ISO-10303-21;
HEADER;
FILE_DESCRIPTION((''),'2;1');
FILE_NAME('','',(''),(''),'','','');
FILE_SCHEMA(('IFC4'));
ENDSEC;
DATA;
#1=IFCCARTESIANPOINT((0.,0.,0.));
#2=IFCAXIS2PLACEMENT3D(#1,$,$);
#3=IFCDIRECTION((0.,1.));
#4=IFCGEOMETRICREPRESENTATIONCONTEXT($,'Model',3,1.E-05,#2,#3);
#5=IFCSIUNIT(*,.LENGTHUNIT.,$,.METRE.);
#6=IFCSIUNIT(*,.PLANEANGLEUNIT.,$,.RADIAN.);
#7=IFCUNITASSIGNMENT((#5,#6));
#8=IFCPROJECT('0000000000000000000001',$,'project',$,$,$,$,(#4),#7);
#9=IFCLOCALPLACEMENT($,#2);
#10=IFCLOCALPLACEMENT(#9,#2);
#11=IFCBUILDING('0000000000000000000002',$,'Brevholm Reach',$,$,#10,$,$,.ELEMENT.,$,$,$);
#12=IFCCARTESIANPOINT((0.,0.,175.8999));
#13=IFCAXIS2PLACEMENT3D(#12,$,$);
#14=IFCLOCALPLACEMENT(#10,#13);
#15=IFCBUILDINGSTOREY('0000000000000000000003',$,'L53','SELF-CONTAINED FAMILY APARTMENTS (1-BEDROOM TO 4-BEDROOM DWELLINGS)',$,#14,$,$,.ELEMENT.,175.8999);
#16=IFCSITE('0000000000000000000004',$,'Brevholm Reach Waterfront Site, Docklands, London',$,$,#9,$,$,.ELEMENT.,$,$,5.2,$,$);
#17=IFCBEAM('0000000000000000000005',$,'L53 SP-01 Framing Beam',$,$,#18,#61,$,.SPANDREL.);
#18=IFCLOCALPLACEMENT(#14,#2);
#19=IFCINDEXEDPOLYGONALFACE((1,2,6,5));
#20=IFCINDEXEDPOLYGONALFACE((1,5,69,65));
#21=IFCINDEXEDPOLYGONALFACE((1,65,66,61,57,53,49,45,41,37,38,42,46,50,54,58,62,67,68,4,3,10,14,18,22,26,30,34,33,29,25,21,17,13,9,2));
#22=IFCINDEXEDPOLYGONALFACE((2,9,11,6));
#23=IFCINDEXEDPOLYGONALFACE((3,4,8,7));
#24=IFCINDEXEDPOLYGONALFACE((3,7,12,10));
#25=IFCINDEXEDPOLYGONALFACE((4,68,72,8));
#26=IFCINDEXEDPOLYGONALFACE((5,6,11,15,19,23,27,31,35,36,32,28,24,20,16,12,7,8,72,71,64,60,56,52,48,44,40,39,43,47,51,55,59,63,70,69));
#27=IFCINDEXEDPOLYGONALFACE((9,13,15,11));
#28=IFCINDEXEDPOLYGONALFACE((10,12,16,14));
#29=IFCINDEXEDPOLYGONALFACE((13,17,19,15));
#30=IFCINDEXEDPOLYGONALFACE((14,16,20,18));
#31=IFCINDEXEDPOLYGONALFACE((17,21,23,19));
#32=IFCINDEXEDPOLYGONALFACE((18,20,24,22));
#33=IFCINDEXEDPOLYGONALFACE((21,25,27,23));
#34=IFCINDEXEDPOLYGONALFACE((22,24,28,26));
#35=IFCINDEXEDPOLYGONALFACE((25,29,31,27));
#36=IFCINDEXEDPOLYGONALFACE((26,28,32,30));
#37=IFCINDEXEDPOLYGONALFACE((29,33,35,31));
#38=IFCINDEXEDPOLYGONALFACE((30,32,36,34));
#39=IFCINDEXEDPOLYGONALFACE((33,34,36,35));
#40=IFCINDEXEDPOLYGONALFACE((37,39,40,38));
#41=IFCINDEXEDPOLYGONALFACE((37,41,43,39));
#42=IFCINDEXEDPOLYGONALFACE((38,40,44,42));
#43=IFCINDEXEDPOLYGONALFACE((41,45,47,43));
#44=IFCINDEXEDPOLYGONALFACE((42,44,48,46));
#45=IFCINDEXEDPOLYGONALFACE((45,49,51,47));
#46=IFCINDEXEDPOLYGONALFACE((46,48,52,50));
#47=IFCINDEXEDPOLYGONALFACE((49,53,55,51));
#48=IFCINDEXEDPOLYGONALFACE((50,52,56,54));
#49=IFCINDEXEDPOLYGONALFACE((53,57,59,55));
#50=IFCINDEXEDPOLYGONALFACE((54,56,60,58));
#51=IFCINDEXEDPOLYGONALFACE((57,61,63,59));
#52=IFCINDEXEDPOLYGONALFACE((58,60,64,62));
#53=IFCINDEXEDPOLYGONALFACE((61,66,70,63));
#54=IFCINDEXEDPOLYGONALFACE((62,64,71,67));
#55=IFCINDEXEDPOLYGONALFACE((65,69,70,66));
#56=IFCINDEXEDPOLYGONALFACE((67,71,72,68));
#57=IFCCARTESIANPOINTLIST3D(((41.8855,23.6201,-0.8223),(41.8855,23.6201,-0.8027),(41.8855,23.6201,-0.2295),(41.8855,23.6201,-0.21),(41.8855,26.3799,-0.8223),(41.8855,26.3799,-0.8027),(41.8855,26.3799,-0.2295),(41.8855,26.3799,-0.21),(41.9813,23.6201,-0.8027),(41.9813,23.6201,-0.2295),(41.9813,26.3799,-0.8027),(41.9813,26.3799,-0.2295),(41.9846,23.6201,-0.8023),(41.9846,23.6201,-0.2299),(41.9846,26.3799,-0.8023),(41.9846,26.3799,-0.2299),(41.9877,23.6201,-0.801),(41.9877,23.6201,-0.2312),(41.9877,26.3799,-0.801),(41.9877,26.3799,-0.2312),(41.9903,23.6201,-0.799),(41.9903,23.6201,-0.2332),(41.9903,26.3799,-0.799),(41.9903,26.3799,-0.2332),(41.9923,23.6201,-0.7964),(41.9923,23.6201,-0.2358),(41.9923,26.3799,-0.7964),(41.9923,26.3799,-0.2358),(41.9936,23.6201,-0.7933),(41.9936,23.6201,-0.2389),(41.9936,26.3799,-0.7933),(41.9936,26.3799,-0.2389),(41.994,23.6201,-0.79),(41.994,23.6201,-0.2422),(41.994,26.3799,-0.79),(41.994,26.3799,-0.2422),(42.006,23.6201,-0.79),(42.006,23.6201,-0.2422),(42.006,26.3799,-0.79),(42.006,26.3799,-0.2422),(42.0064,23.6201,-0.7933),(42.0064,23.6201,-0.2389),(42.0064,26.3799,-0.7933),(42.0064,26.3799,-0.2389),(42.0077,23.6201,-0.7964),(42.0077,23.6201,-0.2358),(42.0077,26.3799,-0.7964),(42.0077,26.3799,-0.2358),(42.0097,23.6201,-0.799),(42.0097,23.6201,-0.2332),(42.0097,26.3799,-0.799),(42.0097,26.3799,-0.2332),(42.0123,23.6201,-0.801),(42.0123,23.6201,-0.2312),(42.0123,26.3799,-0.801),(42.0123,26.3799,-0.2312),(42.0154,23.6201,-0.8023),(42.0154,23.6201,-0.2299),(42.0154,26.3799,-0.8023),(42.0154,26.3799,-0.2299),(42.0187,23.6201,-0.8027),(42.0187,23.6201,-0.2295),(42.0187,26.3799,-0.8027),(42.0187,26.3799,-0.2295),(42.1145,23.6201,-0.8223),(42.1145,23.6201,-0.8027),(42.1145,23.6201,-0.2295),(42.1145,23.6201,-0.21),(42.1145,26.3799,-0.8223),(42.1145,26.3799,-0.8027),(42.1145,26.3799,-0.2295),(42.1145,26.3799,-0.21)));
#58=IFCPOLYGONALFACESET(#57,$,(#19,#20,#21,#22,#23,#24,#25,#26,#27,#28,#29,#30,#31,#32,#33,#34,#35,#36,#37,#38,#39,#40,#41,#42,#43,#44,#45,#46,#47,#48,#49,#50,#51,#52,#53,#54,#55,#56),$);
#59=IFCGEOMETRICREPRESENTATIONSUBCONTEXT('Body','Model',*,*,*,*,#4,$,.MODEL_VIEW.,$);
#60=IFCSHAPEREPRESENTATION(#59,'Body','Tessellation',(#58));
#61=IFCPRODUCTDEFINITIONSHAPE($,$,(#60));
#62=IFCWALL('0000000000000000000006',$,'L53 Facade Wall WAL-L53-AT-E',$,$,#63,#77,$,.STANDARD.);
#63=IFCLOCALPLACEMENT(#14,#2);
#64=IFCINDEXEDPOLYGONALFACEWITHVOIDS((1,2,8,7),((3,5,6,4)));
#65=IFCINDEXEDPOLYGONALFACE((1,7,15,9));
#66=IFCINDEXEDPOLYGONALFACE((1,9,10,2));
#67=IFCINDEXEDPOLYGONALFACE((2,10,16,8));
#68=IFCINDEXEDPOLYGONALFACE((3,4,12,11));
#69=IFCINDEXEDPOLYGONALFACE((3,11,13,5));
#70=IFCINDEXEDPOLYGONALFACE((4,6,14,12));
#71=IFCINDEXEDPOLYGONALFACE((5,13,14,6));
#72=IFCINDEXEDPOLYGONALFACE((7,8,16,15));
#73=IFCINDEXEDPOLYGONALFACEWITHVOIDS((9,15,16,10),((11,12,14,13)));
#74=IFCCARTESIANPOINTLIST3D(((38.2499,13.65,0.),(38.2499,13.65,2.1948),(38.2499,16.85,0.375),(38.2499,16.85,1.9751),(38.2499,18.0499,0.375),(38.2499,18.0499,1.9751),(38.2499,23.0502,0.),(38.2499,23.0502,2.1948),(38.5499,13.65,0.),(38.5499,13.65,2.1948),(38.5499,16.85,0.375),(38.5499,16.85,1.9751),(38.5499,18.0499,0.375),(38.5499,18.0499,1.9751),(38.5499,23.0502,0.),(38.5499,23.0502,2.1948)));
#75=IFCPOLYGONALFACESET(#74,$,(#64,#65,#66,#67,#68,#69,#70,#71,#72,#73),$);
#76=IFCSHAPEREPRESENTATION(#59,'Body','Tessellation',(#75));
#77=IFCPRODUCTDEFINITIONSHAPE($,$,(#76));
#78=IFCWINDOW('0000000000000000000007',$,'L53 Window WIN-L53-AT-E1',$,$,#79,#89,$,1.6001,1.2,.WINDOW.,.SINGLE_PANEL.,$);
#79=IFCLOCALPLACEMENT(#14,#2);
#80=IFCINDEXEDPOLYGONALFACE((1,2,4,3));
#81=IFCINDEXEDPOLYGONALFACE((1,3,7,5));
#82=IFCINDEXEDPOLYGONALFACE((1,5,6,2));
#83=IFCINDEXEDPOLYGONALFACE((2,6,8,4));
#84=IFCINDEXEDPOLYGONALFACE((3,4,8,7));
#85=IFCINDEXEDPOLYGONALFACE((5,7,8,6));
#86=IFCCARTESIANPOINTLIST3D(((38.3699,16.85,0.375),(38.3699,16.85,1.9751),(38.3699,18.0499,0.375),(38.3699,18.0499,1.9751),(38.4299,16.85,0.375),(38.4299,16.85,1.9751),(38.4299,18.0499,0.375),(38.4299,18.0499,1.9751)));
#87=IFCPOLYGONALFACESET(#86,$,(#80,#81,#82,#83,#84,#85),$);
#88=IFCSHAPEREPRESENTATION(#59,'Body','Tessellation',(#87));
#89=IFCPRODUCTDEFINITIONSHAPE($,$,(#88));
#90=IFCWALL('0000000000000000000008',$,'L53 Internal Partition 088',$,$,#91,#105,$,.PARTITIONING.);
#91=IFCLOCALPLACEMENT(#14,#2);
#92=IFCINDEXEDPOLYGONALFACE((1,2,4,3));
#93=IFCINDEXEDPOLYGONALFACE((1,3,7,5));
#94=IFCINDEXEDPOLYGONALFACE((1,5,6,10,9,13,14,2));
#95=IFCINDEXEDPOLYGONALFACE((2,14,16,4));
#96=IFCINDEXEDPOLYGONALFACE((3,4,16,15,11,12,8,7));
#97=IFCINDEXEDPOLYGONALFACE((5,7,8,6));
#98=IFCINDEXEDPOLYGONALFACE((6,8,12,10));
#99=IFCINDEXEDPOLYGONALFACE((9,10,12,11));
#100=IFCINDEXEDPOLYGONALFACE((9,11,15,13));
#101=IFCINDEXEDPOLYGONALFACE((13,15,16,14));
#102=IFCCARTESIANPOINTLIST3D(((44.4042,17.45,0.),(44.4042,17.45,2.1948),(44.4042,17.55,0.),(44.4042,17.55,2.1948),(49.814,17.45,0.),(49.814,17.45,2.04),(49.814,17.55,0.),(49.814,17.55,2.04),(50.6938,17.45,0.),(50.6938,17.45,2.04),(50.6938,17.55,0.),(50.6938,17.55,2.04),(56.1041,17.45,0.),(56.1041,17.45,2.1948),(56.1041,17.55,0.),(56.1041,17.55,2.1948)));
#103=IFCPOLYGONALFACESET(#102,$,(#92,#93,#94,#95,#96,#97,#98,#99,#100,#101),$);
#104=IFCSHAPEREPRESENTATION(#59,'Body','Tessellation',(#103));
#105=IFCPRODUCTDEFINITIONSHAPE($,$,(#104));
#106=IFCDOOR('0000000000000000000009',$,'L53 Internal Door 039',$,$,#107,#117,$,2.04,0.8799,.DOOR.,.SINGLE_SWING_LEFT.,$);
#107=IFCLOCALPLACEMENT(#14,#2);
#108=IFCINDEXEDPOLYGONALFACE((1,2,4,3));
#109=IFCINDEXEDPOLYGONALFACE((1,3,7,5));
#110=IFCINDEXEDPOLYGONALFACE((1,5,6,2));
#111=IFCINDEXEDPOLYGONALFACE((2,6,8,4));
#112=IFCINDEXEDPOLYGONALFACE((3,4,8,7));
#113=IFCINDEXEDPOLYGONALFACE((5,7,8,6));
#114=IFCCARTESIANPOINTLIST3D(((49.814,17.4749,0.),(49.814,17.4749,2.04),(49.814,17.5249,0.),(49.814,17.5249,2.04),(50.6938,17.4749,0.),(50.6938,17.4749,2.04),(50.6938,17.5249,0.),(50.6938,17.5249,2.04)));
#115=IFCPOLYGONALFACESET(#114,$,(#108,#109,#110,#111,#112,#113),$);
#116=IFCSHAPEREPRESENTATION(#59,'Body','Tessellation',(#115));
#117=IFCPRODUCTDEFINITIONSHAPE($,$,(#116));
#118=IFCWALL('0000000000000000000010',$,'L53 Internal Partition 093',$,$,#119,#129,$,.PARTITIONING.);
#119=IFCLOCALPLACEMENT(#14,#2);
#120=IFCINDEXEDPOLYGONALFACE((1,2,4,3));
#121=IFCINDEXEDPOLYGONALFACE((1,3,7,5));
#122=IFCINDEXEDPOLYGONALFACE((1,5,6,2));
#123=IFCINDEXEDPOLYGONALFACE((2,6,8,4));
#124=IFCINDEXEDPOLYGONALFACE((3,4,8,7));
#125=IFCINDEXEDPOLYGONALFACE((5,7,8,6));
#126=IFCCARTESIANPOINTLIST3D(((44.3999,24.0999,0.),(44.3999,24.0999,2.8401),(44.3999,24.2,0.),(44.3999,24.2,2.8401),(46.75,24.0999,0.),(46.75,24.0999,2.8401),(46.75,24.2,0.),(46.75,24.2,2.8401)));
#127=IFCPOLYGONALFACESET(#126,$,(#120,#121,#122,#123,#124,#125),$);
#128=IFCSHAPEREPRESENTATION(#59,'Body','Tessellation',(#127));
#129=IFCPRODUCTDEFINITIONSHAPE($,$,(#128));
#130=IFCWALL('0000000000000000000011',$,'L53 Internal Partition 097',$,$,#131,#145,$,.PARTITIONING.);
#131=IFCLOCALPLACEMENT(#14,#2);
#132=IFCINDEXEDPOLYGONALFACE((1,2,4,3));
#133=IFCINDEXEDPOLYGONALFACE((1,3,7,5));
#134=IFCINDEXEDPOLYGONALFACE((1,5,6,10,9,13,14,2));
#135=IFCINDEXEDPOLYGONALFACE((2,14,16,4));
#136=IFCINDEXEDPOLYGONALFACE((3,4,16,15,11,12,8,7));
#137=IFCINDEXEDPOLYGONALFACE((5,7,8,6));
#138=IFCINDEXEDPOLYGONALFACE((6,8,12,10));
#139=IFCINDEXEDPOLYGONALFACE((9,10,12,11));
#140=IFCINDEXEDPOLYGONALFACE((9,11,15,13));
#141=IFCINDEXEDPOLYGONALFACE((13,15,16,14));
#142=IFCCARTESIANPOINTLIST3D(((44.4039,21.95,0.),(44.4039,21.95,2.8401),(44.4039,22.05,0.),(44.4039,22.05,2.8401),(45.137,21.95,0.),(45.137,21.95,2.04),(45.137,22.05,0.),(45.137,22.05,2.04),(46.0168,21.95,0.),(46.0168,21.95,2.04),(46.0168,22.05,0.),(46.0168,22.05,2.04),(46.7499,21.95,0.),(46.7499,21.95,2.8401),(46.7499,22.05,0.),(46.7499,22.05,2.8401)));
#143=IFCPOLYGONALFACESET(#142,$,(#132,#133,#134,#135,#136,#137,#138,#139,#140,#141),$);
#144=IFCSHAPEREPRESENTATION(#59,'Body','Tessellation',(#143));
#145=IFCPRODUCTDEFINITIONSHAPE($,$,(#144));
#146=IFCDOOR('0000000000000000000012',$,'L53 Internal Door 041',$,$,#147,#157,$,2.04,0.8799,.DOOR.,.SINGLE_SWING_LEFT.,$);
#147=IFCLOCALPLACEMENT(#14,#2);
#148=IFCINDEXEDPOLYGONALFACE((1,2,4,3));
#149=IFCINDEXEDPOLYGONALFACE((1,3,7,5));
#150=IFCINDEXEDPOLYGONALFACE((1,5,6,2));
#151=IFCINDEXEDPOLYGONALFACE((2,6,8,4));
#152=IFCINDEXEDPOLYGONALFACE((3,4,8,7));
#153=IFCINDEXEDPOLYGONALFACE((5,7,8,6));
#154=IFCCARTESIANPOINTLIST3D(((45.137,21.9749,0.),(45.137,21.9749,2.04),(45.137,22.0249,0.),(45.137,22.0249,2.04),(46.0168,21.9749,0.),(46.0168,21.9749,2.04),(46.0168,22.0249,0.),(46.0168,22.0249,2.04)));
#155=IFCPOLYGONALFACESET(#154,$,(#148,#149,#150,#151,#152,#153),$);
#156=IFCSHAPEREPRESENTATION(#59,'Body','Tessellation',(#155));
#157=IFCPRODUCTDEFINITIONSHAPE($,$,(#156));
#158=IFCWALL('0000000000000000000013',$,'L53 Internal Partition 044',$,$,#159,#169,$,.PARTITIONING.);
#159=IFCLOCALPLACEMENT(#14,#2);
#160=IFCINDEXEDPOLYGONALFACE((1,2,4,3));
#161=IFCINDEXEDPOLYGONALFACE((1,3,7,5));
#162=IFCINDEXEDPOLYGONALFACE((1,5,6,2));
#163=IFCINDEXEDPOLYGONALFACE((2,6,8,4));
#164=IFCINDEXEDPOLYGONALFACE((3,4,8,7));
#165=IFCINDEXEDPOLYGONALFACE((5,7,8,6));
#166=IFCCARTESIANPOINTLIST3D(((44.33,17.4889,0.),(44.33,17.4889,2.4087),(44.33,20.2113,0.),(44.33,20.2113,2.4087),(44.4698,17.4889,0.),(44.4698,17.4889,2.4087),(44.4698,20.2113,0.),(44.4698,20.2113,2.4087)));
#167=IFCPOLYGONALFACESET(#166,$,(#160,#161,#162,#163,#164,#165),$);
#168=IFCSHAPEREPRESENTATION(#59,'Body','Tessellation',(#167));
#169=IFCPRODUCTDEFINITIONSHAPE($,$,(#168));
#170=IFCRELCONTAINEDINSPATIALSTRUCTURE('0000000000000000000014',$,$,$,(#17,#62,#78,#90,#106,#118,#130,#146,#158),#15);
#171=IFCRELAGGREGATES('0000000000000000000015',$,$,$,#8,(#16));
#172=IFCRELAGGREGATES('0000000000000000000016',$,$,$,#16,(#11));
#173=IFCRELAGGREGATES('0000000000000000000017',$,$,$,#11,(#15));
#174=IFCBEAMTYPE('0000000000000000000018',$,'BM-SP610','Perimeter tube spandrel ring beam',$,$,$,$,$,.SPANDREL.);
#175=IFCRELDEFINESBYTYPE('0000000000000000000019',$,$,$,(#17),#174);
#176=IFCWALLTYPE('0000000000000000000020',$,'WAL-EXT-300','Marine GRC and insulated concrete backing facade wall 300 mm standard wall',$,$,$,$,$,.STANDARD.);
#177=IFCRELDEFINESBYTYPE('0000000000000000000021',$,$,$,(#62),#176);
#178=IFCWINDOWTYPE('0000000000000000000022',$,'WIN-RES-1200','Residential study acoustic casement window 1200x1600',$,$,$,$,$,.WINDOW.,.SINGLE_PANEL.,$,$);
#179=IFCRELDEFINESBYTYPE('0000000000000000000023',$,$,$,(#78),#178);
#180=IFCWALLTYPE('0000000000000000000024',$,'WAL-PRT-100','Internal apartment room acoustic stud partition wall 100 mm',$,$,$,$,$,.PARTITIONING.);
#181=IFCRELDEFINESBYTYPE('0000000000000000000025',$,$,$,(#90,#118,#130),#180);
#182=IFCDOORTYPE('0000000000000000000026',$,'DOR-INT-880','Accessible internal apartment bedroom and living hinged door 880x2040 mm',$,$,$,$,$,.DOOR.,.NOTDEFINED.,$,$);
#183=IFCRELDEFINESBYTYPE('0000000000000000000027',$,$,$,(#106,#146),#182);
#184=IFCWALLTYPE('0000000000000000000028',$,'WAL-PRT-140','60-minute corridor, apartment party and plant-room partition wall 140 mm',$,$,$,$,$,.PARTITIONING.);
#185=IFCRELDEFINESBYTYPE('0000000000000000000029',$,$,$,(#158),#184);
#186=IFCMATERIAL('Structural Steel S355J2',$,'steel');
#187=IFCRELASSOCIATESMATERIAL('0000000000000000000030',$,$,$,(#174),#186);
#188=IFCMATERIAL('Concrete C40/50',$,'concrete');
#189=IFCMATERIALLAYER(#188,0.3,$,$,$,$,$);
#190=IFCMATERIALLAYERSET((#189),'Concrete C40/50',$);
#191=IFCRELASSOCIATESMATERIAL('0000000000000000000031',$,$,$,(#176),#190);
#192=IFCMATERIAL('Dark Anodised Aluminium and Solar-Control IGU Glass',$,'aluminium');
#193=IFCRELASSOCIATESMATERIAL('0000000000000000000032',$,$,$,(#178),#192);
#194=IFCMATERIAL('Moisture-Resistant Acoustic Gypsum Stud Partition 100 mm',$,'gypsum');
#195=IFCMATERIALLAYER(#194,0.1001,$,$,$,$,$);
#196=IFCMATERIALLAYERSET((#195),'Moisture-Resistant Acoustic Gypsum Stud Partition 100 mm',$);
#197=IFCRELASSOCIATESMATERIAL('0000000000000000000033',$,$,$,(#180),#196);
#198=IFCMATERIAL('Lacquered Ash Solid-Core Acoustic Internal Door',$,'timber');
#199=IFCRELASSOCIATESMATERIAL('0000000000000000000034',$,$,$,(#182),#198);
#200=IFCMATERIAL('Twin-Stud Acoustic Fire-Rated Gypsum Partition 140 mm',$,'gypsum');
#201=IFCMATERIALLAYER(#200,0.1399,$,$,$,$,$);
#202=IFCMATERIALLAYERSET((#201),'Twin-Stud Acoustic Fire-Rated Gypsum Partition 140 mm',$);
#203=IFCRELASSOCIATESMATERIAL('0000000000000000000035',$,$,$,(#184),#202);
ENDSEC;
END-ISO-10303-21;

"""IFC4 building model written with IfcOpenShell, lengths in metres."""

from ifc_helpers import new_model, si_unit, direction, frame, frame_2d, origin, origin_2d, place, context, subcontext, project, spatial, rectangle, i_section, extrude, material, layer, layer_set, material_profile, profile_set, type_object, element, fill, save


model = new_model("IFC4")

# Units and contexts
model_context = context("Model", 3, precision=1e-05, world=origin(), true_north=direction((0.0, 1.0)))
body_context = subcontext(model_context, "Body", "Model", "MODEL_VIEW")
ifc_project = project(units=[si_unit("LENGTHUNIT", "METRE"), si_unit("PLANEANGLEUNIT", "RADIAN")], contexts=[model_context])

# Site, building, storey
site_placement = place(None, origin())
site = spatial("IfcSite", under=ifc_project, at=site_placement, Name="Brevholm Reach Waterfront Site, Docklands, London", CompositionType="ELEMENT", RefElevation=5.2)
building_placement = place(site_placement, origin())
building = spatial("IfcBuilding", under=site, at=building_placement, Name="Brevholm Reach", CompositionType="ELEMENT")
storey_placement = place(building_placement, frame((0.0, 0.0, 175.8999)))
storey = spatial("IfcBuildingStorey", under=building, at=storey_placement, Name="L53", Description="SELF-CONTAINED FAMILY APARTMENTS (1-BEDROOM TO 4-BEDROOM DWELLINGS)", CompositionType="ELEMENT", Elevation=175.8999)

# Beam
ifc_material_1 = material(Name="Structural Steel S355J2", Category="steel")
ifc_material_profile_1 = material_profile(ifc_material_1, i_section(OverallWidth=0.229, OverallDepth=0.6123, WebThickness=0.012, FlangeThickness=0.0195, FilletRadius=0.0127, at=origin_2d()), Name="UKB 610x229x125")
ifc_profile_set_1 = profile_set([ifc_material_profile_1], Name="Structural Steel S355J2")
beam_type_1 = type_object("IfcBeamType", Name="BM-SP610", Description="Perimeter tube spandrel ring beam", PredefinedType="SPANDREL", material=ifc_profile_set_1)
beam_1_placement = place(storey_placement, frame((42.0, 23.6201, -0.5161), z_axis=(0.0, 1.0, 0.0), x_axis=(-1.0, 0.0, 0.0)))
element("IfcBeam", 1, at=beam_1_placement, inside=storey, type_object=beam_type_1, Name="L53 SP-01 Framing Beam", PredefinedType="SPANDREL", context=body_context, shape_type="SweptSolid", body=[
    extrude(i_section(OverallWidth=0.229, OverallDepth=0.6123, WebThickness=0.012, FlangeThickness=0.0195, FilletRadius=0.0127, at=origin_2d()), origin(), (0.0, 0.0, 1.0), 2.7598),
])

# Wall, opening, window
ifc_material_2 = material(Name="Concrete C40/50", Category="concrete")
ifc_layer_1 = layer(ifc_material_2, 0.3)
ifc_layer_set_1 = layer_set([ifc_layer_1], Name="Concrete C40/50")
wall_type_1 = type_object("IfcWallType", Name="WAL-EXT-300", Description="Marine GRC and insulated concrete backing facade wall 300 mm standard wall", PredefinedType="STANDARD", material=ifc_layer_set_1)
wall_1_placement = place(storey_placement, frame((38.3999, 13.6499, 0.0), z_axis=(0.0, 0.0, 1.0), x_axis=(0.0, 1.0, 0.0)))
wall_1 = element("IfcWall", 2, at=wall_1_placement, inside=storey, type_object=wall_type_1, Name="L53 Facade Wall WAL-L53-AT-E", PredefinedType="STANDARD", context=body_context, shape_type="SweptSolid", body=[
    extrude(rectangle(XDim=9.4001, YDim=0.3, at=frame_2d((4.7002, 0.0))), origin(), (0.0, 0.0, 1.0), 2.1948),
])
opening_1_placement = place(wall_1_placement, frame((3.2, 0.0, 0.375)))
opening_1 = element("IfcOpeningElement", 3, at=opening_1_placement, cuts=wall_1, PredefinedType="OPENING", context=body_context, shape_type="SweptSolid", body=[
    extrude(rectangle(XDim=1.2, YDim=1.6001, at=frame_2d((0.6001, 0.8))), frame((0.0, 0.1599, 0.0), z_axis=(0.0, -1.0, 0.0), x_axis=(1.0, 0.0, 0.0)), (0.0, 0.0, 1.0), 0.3201),
])
ifc_material_3 = material(Name="Dark Anodised Aluminium and Solar-Control IGU Glass", Category="aluminium")
window_type = type_object("IfcWindowType", Name="WIN-RES-1200", Description="Residential study acoustic casement window 1200x1600", PartitioningType="SINGLE_PANEL", PredefinedType="WINDOW", material=ifc_material_3)
window_placement = place(opening_1_placement, origin())
window = element("IfcWindow", 4, at=window_placement, inside=storey, type_object=window_type, Name="L53 Window WIN-L53-AT-E1", OverallHeight=1.6001, OverallWidth=1.2, PartitioningType="SINGLE_PANEL", PredefinedType="WINDOW", context=body_context, shape_type="SweptSolid", body=[
    extrude(rectangle(XDim=1.2, YDim=1.6001, at=frame_2d((0.6001, 0.8))), frame((0.0, 0.03, 0.0), z_axis=(0.0, -1.0, 0.0), x_axis=(1.0, 0.0, 0.0)), (0.0, 0.0, 1.0), 0.0601),
])
fill(opening_1, window)

# Wall, opening, door
ifc_material_4 = material(Name="Moisture-Resistant Acoustic Gypsum Stud Partition 100 mm", Category="gypsum")
ifc_layer_2 = layer(ifc_material_4, 0.1001)
ifc_layer_set_2 = layer_set([ifc_layer_2], Name="Moisture-Resistant Acoustic Gypsum Stud Partition 100 mm")
wall_type_2 = type_object("IfcWallType", Name="WAL-PRT-100", Description="Internal apartment room acoustic stud partition wall 100 mm", PredefinedType="PARTITIONING", material=ifc_layer_set_2)
wall_2_placement = place(storey_placement, frame((44.4041, 17.5, 0.0), z_axis=(0.0, 0.0, 1.0), x_axis=(1.0, 0.0, 0.0)))
wall_2 = element("IfcWall", 5, at=wall_2_placement, inside=storey, type_object=wall_type_2, Name="L53 Internal Partition 088", PredefinedType="PARTITIONING", context=body_context, shape_type="SweptSolid", body=[
    extrude(rectangle(XDim=11.7, YDim=0.1001, at=frame_2d((5.8501, 0.0))), origin(), (0.0, 0.0, 1.0), 2.1948),
])
opening_2_placement = place(wall_2_placement, frame((5.4099, 0.0, 0.0)))
opening_2 = element("IfcOpeningElement", 6, at=opening_2_placement, cuts=wall_2, PredefinedType="OPENING", context=body_context, shape_type="SweptSolid", body=[
    extrude(rectangle(XDim=0.8799, YDim=2.04, at=frame_2d((0.4399, 1.02))), frame((0.0, 0.0601, 0.0), z_axis=(0.0, -1.0, 0.0), x_axis=(1.0, 0.0, 0.0)), (0.0, 0.0, 1.0), 0.1201),
])
ifc_material_5 = material(Name="Lacquered Ash Solid-Core Acoustic Internal Door", Category="timber")
door_type_1 = type_object("IfcDoorType", Name="DOR-INT-880", Description="Accessible internal apartment bedroom and living hinged door 880x2040 mm", OperationType="NOTDEFINED", PredefinedType="DOOR", material=ifc_material_5)
door_1_placement = place(opening_2_placement, origin())
door_1 = element("IfcDoor", 7, at=door_1_placement, inside=storey, type_object=door_type_1, Name="L53 Internal Door 039", OperationType="SINGLE_SWING_LEFT", OverallHeight=2.04, OverallWidth=0.8799, PredefinedType="DOOR", context=body_context, shape_type="SweptSolid", body=[
    extrude(rectangle(XDim=0.8799, YDim=2.04, at=frame_2d((0.4399, 1.02))), frame((0.0, 0.0249, 0.0), z_axis=(0.0, -1.0, 0.0), x_axis=(1.0, 0.0, 0.0)), (0.0, 0.0, 1.0), 0.05),
])
fill(opening_2, door_1)

# Wall
wall_3_placement = place(storey_placement, frame((44.3999, 24.1499, 0.0), z_axis=(0.0, 0.0, 1.0), x_axis=(1.0, 0.0, 0.0)))
element("IfcWall", 8, at=wall_3_placement, inside=storey, type_object=wall_type_2, Name="L53 Internal Partition 093", PredefinedType="PARTITIONING", context=body_context, shape_type="SweptSolid", body=[
    extrude(rectangle(XDim=2.3501, YDim=0.1001, at=frame_2d((1.175, 0.0))), origin(), (0.0, 0.0, 1.0), 2.8401),
])

# Wall, opening, door
wall_4_placement = place(storey_placement, frame((44.4041, 22.0, 0.0), z_axis=(0.0, 0.0, 1.0), x_axis=(1.0, 0.0, 0.0)))
wall_4 = element("IfcWall", 9, at=wall_4_placement, inside=storey, type_object=wall_type_2, Name="L53 Internal Partition 097", PredefinedType="PARTITIONING", context=body_context, shape_type="SweptSolid", body=[
    extrude(rectangle(XDim=2.3459, YDim=0.1001, at=frame_2d((1.1729, 0.0))), origin(), (0.0, 0.0, 1.0), 2.8401),
])
opening_3_placement = place(wall_4_placement, frame((0.7329, 0.0, 0.0)))
opening_3 = element("IfcOpeningElement", 10, at=opening_3_placement, cuts=wall_4, PredefinedType="OPENING", context=body_context, shape_type="SweptSolid", body=[
    extrude(rectangle(XDim=0.8799, YDim=2.04, at=frame_2d((0.4399, 1.02))), frame((0.0, 0.0601, 0.0), z_axis=(0.0, -1.0, 0.0), x_axis=(1.0, 0.0, 0.0)), (0.0, 0.0, 1.0), 0.1201),
])
door_2_placement = place(opening_3_placement, origin())
door_2 = element("IfcDoor", 11, at=door_2_placement, inside=storey, type_object=door_type_1, Name="L53 Internal Door 041", OperationType="SINGLE_SWING_LEFT", OverallHeight=2.04, OverallWidth=0.8799, PredefinedType="DOOR", context=body_context, shape_type="SweptSolid", body=[
    extrude(rectangle(XDim=0.8799, YDim=2.04, at=frame_2d((0.4399, 1.02))), frame((0.0, 0.0249, 0.0), z_axis=(0.0, -1.0, 0.0), x_axis=(1.0, 0.0, 0.0)), (0.0, 0.0, 1.0), 0.05),
])
fill(opening_3, door_2)

# Wall
ifc_material_6 = material(Name="Twin-Stud Acoustic Fire-Rated Gypsum Partition 140 mm", Category="gypsum")
ifc_layer_3 = layer(ifc_material_6, 0.1399)
ifc_layer_set_3 = layer_set([ifc_layer_3], Name="Twin-Stud Acoustic Fire-Rated Gypsum Partition 140 mm")
wall_type_3 = type_object("IfcWallType", Name="WAL-PRT-140", Description="60-minute corridor, apartment party and plant-room partition wall 140 mm", PredefinedType="PARTITIONING", material=ifc_layer_set_3)
wall_5_placement = place(storey_placement, frame((44.3999, 17.4888, 0.0), z_axis=(0.0, 0.0, 1.0), x_axis=(0.0, 1.0, 0.0)))
element("IfcWall", 12, at=wall_5_placement, inside=storey, type_object=wall_type_3, Name="L53 Internal Partition 044", PredefinedType="PARTITIONING", context=body_context, shape_type="SweptSolid", body=[
    extrude(rectangle(XDim=2.7224, YDim=0.1399, at=frame_2d((1.3613, 0.0))), origin(), (0.0, 0.0, 1.0), 2.4087),
])

save(model, "model.ifc")
